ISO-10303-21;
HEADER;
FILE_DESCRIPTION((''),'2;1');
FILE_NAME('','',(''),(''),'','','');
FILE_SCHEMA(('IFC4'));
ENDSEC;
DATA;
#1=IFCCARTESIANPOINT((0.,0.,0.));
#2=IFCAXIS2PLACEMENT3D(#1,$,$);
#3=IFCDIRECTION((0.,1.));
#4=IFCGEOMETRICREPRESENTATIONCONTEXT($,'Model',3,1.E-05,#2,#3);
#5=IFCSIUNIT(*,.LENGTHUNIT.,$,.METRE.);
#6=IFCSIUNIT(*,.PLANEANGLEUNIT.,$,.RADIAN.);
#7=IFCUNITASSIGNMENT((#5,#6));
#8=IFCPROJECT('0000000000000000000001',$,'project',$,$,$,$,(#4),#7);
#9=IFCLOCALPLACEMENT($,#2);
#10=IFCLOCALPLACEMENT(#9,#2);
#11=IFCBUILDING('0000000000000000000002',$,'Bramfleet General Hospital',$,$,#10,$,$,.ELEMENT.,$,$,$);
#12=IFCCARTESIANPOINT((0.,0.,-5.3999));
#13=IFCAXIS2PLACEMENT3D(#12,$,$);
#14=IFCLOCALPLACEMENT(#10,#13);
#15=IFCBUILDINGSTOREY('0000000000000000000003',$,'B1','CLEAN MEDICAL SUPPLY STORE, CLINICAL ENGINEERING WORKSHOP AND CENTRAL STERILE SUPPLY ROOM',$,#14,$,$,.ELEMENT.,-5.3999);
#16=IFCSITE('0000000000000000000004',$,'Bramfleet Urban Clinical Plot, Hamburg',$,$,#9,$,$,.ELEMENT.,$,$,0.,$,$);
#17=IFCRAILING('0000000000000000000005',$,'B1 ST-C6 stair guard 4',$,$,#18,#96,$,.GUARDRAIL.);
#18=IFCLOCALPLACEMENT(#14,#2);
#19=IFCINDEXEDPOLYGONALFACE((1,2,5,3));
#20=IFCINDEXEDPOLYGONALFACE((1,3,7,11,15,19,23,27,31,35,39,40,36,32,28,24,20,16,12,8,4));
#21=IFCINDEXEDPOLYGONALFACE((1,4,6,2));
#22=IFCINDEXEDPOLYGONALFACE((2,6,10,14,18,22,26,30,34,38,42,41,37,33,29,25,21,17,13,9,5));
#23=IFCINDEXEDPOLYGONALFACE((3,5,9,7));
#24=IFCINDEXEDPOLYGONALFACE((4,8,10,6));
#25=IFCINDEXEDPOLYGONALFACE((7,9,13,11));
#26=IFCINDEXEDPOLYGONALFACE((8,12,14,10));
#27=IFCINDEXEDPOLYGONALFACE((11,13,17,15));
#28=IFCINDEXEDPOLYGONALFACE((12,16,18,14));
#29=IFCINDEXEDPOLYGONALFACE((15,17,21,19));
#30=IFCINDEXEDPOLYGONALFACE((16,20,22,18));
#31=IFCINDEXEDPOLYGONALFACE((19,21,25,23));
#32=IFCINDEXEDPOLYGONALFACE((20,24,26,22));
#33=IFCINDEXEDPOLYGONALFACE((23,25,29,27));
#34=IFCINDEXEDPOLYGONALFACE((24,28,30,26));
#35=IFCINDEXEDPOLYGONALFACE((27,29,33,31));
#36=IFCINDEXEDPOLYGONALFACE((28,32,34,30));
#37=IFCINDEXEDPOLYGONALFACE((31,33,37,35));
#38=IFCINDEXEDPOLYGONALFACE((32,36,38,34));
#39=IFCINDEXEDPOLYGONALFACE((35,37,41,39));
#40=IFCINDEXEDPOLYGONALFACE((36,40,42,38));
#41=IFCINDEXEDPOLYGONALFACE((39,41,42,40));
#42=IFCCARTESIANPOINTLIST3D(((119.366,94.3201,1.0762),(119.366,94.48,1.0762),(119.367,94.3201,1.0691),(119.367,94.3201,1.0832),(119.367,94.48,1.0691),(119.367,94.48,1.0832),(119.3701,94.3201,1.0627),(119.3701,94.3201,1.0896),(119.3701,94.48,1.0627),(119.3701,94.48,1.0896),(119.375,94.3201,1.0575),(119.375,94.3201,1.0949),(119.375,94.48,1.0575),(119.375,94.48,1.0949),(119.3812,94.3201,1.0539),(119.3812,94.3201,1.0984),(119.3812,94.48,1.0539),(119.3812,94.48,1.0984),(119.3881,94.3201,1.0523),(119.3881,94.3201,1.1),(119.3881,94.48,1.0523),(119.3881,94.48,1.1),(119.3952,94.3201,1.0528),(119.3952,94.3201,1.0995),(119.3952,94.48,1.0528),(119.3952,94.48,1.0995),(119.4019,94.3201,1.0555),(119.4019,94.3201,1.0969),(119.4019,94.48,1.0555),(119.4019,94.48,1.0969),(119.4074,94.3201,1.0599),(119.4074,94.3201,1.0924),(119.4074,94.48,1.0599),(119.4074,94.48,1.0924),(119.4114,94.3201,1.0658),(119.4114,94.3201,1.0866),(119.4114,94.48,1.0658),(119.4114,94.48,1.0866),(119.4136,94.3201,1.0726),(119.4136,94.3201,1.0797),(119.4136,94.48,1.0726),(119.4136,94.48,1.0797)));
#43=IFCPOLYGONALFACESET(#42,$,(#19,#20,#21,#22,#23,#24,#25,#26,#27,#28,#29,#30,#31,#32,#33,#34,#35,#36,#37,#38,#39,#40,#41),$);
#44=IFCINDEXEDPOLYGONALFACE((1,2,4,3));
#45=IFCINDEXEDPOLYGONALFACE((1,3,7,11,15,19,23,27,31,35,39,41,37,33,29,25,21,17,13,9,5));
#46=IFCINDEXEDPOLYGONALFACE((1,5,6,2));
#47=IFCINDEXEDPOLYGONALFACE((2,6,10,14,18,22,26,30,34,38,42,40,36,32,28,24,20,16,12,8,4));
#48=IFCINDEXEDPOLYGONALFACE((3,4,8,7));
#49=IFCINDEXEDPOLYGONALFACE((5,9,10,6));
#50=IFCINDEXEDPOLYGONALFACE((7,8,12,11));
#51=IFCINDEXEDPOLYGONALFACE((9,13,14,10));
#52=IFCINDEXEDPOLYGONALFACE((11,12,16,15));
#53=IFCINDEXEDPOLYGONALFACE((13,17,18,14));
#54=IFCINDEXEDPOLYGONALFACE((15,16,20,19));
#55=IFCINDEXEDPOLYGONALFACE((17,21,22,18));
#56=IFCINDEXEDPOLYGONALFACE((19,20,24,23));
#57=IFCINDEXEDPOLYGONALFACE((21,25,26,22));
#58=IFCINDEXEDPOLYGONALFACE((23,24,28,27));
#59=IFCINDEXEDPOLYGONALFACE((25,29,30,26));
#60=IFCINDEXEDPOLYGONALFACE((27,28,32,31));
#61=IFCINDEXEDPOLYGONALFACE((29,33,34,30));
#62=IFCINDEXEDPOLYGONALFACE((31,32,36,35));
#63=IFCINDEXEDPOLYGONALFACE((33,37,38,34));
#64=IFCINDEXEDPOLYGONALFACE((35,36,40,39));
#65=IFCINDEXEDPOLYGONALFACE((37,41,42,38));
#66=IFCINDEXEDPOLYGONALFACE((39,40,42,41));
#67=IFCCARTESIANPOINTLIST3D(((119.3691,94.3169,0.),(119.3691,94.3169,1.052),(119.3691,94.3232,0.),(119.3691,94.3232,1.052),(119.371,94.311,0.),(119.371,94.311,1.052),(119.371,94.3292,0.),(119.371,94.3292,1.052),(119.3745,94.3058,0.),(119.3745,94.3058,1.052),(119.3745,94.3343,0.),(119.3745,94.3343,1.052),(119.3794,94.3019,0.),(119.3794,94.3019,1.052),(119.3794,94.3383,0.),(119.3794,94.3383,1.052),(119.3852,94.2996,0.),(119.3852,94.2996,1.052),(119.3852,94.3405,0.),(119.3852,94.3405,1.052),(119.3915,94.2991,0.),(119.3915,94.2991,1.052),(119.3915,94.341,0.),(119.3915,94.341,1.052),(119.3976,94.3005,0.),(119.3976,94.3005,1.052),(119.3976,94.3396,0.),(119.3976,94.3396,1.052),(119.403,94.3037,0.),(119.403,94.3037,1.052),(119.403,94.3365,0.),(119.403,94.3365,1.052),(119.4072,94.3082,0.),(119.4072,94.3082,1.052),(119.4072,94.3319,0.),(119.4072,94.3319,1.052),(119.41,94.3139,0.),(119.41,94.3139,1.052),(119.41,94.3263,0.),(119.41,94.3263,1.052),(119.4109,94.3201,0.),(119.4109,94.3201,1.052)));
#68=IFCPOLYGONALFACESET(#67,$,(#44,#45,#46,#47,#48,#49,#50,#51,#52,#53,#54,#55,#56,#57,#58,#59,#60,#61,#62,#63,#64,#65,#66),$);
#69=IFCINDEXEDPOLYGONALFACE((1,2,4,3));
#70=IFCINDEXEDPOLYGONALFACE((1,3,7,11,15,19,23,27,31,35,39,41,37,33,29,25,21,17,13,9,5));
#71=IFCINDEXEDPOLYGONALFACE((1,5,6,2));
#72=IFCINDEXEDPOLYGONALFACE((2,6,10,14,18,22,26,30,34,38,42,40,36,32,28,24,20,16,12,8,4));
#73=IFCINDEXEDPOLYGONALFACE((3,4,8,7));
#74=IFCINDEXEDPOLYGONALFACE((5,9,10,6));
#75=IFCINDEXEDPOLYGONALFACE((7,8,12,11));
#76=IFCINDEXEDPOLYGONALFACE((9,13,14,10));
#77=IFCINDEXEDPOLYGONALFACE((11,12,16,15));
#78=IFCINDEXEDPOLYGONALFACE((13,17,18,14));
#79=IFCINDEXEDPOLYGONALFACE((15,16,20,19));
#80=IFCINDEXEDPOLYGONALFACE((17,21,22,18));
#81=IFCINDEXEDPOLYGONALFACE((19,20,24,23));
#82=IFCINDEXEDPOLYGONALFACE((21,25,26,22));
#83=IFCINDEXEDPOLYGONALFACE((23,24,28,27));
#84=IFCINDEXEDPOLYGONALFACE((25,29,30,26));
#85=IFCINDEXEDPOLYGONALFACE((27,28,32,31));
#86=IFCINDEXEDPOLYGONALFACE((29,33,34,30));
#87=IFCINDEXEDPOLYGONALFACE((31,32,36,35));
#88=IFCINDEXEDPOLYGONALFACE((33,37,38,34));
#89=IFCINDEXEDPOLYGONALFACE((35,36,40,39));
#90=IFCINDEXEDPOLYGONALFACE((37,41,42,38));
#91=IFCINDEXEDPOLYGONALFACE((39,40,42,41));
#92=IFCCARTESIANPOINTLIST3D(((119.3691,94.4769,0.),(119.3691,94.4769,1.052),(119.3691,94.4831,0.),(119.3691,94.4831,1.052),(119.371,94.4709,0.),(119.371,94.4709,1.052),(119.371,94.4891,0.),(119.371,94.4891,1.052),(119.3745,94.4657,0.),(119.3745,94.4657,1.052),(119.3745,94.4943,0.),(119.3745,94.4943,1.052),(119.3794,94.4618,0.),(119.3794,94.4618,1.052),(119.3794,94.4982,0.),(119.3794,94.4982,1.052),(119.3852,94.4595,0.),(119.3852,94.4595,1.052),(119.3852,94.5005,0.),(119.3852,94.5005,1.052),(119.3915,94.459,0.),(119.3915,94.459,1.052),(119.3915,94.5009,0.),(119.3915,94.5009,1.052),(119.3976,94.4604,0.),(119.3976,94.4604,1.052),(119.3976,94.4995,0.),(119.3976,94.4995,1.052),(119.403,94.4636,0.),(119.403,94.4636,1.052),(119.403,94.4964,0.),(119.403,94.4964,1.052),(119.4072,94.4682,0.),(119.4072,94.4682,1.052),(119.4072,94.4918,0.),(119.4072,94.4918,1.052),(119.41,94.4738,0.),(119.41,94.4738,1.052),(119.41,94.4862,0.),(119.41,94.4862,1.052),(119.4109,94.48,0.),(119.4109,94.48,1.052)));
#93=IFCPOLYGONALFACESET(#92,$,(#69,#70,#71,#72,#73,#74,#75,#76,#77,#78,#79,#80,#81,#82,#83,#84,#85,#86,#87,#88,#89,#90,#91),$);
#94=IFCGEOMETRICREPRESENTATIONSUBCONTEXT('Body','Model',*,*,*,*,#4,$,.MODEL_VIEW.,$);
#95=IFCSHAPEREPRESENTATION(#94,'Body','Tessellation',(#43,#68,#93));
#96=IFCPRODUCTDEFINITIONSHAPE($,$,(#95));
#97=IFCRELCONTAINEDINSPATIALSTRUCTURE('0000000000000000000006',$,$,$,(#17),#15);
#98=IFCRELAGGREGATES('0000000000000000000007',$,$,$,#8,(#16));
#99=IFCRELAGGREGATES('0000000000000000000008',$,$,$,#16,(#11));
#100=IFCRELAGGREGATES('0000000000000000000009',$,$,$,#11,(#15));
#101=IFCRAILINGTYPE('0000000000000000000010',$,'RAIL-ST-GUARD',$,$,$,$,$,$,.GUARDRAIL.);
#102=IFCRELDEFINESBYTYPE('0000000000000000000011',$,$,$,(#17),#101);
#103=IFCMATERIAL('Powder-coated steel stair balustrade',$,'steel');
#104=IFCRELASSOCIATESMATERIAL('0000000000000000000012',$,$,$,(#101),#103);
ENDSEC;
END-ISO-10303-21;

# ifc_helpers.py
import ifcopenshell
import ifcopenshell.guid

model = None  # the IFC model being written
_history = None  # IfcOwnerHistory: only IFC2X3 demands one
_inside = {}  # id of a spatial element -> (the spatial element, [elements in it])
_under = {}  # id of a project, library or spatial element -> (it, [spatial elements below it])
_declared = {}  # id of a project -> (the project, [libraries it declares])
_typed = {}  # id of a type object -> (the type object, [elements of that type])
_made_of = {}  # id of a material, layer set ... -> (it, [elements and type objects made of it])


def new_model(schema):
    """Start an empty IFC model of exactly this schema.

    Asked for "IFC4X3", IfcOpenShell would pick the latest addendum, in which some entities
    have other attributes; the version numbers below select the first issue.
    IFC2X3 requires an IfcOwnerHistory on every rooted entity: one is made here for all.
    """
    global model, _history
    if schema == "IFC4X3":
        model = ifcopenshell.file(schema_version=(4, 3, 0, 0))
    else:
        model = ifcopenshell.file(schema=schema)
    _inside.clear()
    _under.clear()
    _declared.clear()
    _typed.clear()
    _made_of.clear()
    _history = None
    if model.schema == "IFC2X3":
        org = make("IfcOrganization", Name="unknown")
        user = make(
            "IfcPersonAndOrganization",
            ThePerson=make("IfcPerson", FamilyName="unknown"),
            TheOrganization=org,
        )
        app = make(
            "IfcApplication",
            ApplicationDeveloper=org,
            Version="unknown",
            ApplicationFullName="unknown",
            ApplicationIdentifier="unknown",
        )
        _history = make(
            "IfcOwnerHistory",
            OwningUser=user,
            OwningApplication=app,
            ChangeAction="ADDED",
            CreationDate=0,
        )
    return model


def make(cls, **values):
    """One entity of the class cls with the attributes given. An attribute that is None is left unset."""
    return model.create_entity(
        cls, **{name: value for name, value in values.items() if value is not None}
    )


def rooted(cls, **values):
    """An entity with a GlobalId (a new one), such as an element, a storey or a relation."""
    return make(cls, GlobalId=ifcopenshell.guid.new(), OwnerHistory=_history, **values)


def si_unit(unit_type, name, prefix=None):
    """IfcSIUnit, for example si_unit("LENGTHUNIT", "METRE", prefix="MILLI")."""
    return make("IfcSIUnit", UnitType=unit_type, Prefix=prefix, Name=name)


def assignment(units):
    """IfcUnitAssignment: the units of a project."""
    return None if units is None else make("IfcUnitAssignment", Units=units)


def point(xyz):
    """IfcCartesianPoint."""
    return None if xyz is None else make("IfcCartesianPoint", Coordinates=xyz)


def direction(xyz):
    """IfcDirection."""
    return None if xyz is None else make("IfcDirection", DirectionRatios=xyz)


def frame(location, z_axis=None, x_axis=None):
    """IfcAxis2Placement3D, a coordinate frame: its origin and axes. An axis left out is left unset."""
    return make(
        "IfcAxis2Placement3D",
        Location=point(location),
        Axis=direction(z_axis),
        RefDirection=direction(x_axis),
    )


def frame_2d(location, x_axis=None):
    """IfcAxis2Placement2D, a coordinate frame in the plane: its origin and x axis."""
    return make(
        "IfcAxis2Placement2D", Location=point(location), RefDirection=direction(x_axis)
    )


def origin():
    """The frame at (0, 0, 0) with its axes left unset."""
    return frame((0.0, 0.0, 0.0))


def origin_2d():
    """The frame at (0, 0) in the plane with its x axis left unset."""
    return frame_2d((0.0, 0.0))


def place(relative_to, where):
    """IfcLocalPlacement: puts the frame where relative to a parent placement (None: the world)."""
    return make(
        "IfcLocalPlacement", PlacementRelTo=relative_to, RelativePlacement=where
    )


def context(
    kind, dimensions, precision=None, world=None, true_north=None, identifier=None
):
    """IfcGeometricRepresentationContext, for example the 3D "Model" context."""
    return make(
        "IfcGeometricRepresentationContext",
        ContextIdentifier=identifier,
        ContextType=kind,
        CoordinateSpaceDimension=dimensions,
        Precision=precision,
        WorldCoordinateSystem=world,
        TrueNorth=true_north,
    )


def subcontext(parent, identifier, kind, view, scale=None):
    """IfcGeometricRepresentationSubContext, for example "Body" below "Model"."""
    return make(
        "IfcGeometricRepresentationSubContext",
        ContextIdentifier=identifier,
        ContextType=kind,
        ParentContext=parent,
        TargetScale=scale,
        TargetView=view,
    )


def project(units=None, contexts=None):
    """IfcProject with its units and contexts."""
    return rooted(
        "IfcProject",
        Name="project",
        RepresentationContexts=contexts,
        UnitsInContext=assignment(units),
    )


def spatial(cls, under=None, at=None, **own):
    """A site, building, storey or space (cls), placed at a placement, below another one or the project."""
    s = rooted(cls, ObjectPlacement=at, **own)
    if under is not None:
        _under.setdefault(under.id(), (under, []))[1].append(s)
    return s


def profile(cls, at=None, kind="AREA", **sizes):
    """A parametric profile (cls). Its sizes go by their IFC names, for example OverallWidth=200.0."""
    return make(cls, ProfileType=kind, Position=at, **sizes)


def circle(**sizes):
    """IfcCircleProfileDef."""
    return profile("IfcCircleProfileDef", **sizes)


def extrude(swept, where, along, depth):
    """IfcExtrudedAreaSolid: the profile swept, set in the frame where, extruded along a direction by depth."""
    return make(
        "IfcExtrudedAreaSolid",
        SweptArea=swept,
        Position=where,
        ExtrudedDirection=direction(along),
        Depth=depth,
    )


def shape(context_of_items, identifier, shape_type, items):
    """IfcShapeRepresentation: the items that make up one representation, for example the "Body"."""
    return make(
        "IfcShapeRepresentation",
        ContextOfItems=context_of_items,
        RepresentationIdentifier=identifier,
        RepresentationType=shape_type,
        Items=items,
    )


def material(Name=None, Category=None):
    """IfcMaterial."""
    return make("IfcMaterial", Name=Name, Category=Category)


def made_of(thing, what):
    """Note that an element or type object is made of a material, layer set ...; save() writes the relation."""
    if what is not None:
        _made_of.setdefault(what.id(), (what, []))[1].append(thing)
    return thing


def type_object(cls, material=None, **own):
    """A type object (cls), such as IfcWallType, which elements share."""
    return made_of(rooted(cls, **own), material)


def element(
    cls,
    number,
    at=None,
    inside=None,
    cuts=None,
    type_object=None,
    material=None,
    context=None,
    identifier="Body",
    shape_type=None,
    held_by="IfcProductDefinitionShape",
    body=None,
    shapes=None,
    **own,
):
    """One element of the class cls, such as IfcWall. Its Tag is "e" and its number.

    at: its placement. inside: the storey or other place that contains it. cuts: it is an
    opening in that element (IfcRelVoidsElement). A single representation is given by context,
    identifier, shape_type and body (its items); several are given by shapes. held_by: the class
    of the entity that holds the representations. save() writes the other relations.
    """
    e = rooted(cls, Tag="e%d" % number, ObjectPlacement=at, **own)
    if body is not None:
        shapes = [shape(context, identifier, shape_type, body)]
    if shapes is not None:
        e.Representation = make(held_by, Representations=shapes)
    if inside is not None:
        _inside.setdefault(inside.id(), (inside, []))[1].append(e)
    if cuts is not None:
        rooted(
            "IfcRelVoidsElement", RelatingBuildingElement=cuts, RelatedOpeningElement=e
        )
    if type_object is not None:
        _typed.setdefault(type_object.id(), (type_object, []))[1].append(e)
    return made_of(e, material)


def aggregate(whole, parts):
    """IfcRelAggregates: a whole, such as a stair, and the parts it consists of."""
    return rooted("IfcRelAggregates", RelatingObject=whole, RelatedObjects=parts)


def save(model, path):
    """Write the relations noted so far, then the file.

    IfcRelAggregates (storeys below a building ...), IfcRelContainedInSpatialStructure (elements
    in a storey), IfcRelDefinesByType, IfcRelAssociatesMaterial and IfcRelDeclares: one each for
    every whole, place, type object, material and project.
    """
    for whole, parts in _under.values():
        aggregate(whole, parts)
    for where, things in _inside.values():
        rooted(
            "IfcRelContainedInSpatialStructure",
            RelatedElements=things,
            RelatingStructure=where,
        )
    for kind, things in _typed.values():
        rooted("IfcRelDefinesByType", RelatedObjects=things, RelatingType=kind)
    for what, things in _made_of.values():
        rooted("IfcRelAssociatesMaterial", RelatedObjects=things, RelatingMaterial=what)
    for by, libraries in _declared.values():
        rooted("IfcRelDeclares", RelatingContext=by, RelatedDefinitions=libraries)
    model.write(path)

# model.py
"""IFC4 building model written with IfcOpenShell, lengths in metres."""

from ifc_helpers import new_model, si_unit, direction, frame, origin, origin_2d, place, context, subcontext, project, spatial, circle, extrude, material, type_object, element, save


model = new_model("IFC4")

# Units and contexts
model_context = context("Model", 3, precision=1e-05, world=origin(), true_north=direction((0.0, 1.0)))
body_context = subcontext(model_context, "Body", "Model", "MODEL_VIEW")
ifc_project = project(units=[si_unit("LENGTHUNIT", "METRE"), si_unit("PLANEANGLEUNIT", "RADIAN")], contexts=[model_context])

# Site, building, storey
site_placement = place(None, origin())
site = spatial("IfcSite", under=ifc_project, at=site_placement, Name="Bramfleet Urban Clinical Plot, Hamburg", CompositionType="ELEMENT", RefElevation=0.0)
building_placement = place(site_placement, origin())
building = spatial("IfcBuilding", under=site, at=building_placement, Name="Bramfleet General Hospital", CompositionType="ELEMENT")
storey_placement = place(building_placement, frame((0.0, 0.0, -5.3999)))
storey = spatial("IfcBuildingStorey", under=building, at=storey_placement, Name="B1", Description="CLEAN MEDICAL SUPPLY STORE, CLINICAL ENGINEERING WORKSHOP AND CENTRAL STERILE SUPPLY ROOM", CompositionType="ELEMENT", Elevation=-5.3999)

# Railing
ifc_material_1 = material(Name="Powder-coated steel stair balustrade", Category="steel")
railing_type_1 = type_object("IfcRailingType", Name="RAIL-ST-GUARD", PredefinedType="GUARDRAIL", material=ifc_material_1)
railing_1_placement = place(storey_placement, frame((119.3899, 94.3201, 0.0)))
element("IfcRailing", 1, at=railing_1_placement, inside=storey, type_object=railing_type_1, Name="B1 ST-C6 stair guard 4", PredefinedType="GUARDRAIL", context=body_context, shape_type="SweptSolid", body=[
    extrude(circle(Radius=0.0239, at=origin_2d()), frame((0.0, 0.0, 1.0762), z_axis=(0.0, 1.0, 0.0), x_axis=(-1.0, 0.0, 0.0)), (0.0, 0.0, 1.0), 0.1599),
    extrude(circle(Radius=0.021, at=origin_2d()), origin(), (0.0, 0.0, 1.0), 1.052),
    extrude(circle(Radius=0.021, at=origin_2d()), frame((0.0, 0.1599, 0.0)), (0.0, 0.0, 1.0), 1.052),
])

save(model, "model.ifc")
